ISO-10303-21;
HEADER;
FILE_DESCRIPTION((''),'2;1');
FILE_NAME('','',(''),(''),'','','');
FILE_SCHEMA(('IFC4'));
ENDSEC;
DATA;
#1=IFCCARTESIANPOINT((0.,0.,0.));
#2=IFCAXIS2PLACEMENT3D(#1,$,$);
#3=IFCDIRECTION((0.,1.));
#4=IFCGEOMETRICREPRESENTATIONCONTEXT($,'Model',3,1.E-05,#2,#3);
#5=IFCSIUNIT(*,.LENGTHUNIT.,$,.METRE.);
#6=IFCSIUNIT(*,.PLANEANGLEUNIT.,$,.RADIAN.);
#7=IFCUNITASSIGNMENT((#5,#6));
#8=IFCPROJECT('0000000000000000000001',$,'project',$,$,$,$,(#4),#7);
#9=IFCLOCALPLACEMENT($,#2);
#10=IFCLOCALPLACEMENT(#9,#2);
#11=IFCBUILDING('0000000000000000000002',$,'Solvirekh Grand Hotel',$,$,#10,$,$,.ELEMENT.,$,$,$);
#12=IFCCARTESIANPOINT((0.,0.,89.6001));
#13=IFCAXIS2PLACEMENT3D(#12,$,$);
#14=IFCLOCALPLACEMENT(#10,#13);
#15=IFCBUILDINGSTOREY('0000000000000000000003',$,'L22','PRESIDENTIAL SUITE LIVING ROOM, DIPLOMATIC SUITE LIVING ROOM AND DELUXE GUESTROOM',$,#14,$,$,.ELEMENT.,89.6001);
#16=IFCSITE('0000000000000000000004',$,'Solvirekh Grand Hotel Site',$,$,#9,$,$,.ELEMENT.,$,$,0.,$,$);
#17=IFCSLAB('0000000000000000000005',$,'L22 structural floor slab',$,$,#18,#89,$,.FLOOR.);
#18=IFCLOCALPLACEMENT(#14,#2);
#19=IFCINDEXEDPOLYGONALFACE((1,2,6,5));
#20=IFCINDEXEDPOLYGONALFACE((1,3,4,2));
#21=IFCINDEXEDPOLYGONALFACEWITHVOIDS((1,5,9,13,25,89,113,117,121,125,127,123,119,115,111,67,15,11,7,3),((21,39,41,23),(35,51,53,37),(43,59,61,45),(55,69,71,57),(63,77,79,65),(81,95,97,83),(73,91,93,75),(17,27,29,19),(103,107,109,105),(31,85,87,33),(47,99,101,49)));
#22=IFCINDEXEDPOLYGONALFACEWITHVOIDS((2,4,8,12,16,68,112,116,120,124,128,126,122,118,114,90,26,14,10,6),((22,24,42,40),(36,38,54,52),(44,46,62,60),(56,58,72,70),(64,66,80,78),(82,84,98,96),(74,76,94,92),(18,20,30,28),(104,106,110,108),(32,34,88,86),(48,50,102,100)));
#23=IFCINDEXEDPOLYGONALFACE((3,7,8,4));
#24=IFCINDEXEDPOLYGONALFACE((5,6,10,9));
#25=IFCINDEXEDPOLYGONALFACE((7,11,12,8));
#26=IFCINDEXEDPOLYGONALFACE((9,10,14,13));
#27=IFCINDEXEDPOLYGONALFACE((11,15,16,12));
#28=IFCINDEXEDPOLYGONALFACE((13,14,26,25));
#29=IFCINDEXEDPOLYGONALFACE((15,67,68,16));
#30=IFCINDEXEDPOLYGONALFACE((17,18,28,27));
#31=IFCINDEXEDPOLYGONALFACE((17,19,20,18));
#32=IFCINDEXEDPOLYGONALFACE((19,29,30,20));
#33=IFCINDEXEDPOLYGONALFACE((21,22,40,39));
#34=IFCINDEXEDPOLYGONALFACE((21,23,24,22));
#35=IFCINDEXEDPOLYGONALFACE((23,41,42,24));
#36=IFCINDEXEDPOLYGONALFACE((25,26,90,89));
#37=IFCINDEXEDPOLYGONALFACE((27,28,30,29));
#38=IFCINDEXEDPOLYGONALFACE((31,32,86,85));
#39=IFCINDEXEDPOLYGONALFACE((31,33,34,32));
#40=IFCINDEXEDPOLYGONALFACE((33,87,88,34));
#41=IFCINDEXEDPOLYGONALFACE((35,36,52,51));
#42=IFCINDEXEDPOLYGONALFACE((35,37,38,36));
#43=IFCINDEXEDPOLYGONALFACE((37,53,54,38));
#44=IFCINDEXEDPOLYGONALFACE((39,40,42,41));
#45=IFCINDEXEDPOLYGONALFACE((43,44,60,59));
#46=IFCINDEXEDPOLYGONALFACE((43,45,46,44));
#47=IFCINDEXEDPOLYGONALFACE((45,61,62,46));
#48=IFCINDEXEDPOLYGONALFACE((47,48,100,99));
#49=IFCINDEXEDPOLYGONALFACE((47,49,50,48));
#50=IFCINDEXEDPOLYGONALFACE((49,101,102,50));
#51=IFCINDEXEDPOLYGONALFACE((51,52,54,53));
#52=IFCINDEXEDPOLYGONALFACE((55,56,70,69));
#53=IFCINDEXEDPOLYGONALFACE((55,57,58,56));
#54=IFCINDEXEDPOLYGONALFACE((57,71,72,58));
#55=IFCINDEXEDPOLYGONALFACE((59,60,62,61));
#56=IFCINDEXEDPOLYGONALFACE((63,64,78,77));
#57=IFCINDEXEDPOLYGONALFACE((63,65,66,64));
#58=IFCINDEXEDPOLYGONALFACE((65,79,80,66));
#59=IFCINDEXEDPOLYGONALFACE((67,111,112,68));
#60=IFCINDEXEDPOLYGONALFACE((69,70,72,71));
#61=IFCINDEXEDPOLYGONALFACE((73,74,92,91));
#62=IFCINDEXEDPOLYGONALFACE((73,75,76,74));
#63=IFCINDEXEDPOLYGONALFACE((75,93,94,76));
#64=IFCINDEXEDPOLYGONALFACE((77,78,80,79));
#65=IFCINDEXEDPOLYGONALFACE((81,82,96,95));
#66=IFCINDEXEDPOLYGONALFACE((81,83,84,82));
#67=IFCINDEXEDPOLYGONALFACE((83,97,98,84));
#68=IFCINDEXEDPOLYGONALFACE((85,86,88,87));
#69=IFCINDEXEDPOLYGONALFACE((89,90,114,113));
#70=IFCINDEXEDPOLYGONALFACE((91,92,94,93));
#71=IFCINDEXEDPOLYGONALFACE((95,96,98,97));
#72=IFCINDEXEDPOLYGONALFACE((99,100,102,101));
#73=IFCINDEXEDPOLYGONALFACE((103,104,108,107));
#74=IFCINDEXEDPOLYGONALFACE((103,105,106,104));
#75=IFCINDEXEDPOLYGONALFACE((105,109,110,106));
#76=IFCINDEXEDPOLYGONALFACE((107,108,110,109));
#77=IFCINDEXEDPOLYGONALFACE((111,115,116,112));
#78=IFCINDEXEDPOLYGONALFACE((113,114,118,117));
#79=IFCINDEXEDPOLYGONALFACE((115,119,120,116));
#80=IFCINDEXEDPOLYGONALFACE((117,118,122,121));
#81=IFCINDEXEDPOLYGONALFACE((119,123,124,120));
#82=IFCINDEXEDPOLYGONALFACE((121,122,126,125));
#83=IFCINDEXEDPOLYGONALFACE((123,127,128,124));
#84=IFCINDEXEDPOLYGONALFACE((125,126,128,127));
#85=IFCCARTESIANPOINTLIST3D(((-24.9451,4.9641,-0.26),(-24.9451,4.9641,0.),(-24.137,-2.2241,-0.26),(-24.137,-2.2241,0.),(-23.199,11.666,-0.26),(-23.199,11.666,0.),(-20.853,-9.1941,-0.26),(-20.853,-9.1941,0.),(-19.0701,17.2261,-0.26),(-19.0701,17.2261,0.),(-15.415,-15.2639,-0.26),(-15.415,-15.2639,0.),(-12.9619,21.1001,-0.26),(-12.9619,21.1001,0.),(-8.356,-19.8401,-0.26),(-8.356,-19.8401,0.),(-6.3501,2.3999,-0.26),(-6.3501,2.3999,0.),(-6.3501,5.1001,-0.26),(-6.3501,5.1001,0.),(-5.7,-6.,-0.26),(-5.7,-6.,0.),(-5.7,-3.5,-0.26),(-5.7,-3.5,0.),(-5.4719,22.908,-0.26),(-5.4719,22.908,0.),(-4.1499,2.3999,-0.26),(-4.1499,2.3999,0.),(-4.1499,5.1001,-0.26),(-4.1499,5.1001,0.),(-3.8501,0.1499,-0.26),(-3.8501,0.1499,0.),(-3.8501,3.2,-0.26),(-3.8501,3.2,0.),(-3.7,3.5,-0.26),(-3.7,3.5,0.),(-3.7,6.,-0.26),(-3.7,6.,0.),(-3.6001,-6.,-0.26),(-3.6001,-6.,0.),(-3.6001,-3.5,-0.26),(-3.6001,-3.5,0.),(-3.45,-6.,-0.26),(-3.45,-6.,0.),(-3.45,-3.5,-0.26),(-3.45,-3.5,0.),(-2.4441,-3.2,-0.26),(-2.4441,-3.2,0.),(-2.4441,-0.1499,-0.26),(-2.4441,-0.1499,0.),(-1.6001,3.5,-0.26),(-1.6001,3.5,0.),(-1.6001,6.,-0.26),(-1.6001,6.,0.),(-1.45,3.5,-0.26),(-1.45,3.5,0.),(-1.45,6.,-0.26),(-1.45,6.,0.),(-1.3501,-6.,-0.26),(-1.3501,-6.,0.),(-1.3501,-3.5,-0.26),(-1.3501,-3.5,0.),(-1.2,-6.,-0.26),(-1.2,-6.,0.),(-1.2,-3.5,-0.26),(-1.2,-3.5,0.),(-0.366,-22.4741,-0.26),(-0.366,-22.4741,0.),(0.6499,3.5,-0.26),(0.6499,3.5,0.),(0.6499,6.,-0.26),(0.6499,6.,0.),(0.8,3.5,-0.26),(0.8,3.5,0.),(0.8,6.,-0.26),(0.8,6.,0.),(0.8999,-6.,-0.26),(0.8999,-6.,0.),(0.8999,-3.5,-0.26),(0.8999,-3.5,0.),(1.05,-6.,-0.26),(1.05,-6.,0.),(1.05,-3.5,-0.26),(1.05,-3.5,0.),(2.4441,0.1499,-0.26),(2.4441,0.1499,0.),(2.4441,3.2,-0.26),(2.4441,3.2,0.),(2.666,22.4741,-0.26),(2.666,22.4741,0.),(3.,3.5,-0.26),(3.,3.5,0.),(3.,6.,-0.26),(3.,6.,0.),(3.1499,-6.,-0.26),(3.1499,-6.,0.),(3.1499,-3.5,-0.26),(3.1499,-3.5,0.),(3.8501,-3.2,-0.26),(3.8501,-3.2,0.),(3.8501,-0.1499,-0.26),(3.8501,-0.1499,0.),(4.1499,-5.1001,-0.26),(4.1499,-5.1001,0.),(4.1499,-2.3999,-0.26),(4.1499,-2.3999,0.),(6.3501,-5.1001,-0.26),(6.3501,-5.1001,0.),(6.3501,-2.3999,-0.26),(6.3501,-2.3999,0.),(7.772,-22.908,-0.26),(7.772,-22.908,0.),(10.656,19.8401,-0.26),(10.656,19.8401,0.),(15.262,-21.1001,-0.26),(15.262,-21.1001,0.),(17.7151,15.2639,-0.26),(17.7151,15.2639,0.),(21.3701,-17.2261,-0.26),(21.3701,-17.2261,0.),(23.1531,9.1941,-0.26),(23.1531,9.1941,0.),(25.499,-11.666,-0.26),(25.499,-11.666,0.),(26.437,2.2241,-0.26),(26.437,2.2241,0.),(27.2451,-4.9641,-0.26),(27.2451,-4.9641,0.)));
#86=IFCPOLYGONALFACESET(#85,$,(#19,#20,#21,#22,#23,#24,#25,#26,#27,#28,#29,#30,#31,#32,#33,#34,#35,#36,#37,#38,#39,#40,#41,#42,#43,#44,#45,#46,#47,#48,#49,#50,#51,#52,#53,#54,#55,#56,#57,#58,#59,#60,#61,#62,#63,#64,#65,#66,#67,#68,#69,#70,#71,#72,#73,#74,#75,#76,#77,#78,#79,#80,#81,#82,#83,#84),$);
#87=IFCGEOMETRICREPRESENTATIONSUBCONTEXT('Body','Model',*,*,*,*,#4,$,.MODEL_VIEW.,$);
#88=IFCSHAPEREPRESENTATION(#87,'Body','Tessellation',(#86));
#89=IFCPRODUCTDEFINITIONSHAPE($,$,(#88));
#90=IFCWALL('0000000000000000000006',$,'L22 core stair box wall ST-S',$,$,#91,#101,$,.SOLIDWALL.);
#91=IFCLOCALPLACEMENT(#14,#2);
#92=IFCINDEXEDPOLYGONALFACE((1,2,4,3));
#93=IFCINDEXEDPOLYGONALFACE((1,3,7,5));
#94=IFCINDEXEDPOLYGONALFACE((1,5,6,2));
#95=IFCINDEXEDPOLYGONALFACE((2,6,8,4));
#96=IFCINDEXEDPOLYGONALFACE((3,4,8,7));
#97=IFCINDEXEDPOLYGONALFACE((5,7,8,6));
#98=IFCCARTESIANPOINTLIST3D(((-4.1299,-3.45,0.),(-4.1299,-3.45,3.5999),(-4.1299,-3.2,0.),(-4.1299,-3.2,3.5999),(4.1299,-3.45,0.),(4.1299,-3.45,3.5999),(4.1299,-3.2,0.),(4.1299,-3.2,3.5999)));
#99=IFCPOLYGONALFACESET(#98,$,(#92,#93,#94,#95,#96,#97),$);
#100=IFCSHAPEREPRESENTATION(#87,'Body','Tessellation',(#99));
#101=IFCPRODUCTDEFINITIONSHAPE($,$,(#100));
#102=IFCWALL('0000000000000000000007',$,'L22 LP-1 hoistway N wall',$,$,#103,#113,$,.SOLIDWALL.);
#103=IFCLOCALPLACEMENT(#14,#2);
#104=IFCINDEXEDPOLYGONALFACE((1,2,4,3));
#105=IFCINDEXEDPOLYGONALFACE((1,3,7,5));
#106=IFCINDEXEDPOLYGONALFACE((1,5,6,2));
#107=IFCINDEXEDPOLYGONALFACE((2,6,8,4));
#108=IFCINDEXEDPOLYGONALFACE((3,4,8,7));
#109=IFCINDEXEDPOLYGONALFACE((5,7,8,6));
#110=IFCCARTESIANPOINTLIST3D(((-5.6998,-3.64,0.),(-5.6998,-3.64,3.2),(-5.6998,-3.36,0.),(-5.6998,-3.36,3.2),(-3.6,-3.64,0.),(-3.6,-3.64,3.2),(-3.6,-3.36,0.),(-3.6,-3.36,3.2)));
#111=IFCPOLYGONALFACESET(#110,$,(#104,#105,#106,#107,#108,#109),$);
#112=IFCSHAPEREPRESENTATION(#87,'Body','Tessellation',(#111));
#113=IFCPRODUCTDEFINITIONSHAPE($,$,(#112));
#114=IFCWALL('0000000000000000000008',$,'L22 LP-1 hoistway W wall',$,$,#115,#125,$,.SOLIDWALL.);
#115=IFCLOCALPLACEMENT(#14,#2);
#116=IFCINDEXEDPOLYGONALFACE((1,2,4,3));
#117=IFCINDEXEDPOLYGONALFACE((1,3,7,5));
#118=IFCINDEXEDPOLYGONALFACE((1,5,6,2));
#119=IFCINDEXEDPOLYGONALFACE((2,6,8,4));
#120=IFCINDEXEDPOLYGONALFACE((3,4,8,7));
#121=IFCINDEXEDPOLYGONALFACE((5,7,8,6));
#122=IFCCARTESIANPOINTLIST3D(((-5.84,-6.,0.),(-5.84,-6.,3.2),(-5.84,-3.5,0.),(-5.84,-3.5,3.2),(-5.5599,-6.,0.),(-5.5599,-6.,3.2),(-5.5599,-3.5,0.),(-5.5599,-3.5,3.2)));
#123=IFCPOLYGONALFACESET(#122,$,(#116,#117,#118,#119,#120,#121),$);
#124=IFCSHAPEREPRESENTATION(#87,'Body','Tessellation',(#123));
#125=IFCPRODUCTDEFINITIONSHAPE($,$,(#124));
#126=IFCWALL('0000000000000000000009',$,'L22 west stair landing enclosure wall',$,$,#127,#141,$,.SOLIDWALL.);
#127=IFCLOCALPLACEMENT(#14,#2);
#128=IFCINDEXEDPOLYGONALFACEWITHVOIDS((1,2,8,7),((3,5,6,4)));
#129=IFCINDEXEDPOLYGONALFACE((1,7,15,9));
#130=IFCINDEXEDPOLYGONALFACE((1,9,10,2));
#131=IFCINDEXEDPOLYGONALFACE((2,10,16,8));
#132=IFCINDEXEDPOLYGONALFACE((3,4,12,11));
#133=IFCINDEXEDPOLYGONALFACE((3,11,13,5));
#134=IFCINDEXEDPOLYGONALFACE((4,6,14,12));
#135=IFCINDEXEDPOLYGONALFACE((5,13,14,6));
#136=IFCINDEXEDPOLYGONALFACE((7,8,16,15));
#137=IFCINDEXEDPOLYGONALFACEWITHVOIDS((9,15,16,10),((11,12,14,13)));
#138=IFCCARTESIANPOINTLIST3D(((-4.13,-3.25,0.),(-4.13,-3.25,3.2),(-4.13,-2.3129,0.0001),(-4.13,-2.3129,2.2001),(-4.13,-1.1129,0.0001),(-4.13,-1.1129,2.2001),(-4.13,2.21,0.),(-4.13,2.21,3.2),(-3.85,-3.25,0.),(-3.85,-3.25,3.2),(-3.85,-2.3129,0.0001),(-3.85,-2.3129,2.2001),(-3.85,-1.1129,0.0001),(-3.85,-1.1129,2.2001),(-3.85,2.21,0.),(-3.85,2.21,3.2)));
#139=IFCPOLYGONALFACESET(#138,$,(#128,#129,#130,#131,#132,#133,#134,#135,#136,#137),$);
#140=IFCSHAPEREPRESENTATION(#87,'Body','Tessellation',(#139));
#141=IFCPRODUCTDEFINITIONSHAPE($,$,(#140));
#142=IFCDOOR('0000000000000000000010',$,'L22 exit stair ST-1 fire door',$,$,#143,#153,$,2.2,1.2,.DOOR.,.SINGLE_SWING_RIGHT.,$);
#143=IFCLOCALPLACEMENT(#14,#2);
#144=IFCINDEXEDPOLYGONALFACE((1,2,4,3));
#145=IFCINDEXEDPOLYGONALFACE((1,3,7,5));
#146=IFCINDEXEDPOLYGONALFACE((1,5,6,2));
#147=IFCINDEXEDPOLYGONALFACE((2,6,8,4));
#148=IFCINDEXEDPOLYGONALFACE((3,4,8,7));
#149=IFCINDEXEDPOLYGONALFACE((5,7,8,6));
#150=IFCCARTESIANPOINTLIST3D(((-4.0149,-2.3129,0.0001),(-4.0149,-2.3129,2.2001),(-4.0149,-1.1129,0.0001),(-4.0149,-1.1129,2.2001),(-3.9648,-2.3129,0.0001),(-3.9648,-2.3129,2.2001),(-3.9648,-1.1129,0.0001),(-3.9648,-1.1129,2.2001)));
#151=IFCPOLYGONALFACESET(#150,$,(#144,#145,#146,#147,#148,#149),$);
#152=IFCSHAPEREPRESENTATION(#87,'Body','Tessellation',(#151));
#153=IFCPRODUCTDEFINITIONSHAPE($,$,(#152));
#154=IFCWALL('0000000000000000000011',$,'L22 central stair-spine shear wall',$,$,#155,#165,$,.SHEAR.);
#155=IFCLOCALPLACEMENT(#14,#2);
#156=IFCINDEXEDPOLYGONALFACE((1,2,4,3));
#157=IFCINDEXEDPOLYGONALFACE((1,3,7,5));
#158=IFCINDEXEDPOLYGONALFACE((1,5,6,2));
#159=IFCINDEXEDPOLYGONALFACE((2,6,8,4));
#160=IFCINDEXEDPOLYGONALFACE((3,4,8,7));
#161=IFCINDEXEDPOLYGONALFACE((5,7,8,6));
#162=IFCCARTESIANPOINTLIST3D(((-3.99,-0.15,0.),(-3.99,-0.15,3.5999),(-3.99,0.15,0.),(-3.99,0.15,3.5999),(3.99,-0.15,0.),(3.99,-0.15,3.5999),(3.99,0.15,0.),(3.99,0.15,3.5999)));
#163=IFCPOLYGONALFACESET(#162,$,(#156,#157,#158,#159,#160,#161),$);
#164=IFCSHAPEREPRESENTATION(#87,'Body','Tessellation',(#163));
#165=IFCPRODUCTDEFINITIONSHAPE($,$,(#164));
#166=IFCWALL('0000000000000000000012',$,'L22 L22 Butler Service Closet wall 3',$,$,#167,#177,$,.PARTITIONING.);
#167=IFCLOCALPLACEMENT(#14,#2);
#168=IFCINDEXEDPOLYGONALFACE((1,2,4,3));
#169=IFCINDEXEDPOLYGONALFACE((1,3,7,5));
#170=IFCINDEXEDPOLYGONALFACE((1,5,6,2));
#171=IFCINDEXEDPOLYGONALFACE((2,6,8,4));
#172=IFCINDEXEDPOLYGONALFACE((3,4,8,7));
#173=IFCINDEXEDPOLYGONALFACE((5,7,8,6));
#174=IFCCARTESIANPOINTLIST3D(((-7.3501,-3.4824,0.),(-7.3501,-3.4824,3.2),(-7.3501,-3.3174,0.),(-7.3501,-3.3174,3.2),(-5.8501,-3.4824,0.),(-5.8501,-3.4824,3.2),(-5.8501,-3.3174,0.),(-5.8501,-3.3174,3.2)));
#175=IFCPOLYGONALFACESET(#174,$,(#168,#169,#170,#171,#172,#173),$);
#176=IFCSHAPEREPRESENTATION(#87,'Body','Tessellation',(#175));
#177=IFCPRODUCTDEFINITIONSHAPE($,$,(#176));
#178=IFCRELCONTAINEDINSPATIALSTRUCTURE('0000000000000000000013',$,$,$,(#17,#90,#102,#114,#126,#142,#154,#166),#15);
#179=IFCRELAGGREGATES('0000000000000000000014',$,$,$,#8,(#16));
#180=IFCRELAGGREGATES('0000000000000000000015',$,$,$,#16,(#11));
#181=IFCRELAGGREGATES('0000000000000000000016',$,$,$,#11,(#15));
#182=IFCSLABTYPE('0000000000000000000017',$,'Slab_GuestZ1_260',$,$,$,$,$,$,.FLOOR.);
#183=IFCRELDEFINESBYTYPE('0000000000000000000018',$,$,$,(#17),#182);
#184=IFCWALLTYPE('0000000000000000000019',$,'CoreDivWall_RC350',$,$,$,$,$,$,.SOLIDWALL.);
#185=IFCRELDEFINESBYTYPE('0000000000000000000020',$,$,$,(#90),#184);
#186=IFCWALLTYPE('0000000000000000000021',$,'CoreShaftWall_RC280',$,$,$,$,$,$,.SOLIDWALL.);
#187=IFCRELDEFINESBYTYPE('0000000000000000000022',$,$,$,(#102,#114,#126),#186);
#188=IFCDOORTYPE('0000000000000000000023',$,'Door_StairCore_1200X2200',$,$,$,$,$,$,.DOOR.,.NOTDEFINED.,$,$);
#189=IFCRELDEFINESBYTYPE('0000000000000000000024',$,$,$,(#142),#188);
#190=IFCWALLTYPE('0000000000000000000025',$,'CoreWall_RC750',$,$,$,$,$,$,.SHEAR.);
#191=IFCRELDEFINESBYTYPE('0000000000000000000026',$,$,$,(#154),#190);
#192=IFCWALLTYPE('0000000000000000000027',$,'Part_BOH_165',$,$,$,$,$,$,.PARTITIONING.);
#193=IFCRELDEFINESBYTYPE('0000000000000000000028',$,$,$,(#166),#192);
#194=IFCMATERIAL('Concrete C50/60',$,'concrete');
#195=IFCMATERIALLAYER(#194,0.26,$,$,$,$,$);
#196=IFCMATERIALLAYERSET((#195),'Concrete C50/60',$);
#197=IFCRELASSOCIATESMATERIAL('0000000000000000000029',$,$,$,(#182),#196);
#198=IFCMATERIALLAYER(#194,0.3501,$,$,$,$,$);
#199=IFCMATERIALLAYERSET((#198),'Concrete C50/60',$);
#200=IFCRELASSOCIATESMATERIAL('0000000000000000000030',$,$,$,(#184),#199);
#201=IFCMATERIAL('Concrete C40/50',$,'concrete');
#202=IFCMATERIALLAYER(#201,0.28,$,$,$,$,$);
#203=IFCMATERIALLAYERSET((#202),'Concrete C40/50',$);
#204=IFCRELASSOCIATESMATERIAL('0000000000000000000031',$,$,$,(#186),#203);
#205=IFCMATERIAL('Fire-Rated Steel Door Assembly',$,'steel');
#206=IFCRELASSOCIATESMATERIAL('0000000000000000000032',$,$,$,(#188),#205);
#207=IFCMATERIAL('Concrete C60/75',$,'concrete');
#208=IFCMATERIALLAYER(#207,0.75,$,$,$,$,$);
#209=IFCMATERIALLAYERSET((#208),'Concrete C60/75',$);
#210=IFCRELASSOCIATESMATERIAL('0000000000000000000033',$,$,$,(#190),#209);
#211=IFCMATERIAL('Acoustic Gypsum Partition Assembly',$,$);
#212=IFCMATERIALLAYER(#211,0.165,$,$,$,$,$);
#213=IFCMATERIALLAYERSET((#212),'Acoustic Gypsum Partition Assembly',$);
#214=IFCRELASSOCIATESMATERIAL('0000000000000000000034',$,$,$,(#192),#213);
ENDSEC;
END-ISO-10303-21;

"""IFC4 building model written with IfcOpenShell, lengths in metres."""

from ifc_helpers import new_model, si_unit, direction, frame, frame_2d, origin, place, context, subcontext, project, spatial, polyline, rectangle, outline, extrude, material, layer, layer_set, type_object, element, fill, save


model = new_model("IFC4")

# Units and contexts
model_context = context("Model", 3, precision=1e-05, world=origin(), true_north=direction((0.0, 1.0)))
body_context = subcontext(model_context, "Body", "Model", "MODEL_VIEW")
ifc_project = project(units=[si_unit("LENGTHUNIT", "METRE"), si_unit("PLANEANGLEUNIT", "RADIAN")], contexts=[model_context])

# Site, building, storey
site_placement = place(None, origin())
site = spatial("IfcSite", under=ifc_project, at=site_placement, Name="Solvirekh Grand Hotel Site", CompositionType="ELEMENT", RefElevation=0.0)
building_placement = place(site_placement, origin())
building = spatial("IfcBuilding", under=site, at=building_placement, Name="Solvirekh Grand Hotel", CompositionType="ELEMENT")
storey_placement = place(building_placement, frame((0.0, 0.0, 89.6001)))
storey = spatial("IfcBuildingStorey", under=building, at=storey_placement, Name="L22", Description="PRESIDENTIAL SUITE LIVING ROOM, DIPLOMATIC SUITE LIVING ROOM AND DELUXE GUESTROOM", CompositionType="ELEMENT", Elevation=89.6001)

# Slab
ifc_material_1 = material(Name="Concrete C50/60", Category="concrete")
ifc_layer_1 = layer(ifc_material_1, 0.26)
ifc_layer_set_1 = layer_set([ifc_layer_1], Name="Concrete C50/60")
slab_type_1 = type_object("IfcSlabType", Name="Slab_GuestZ1_260", PredefinedType="FLOOR", material=ifc_layer_set_1)
slab_1_placement = place(storey_placement, frame((0.0, 0.0, -0.26)))
element("IfcSlab", 1, at=slab_1_placement, inside=storey, type_object=slab_type_1, Name="L22 structural floor slab", PredefinedType="FLOOR", context=body_context, shape_type="SweptSolid", body=[
    extrude(outline(polyline([(25.499, -11.666), (27.2451, -4.9641), (26.437, 2.2241), (23.1531, 9.1941), (17.7151, 15.2639), (10.656, 19.8401), (2.666, 22.4741), (-5.4719, 22.908), (-12.9619, 21.1001), (-19.0701, 17.2261), (-23.199, 11.666), (-24.9451, 4.9641), (-24.137, -2.2241), (-20.853, -9.1941), (-15.415, -15.2639), (-8.356, -19.8401), (-0.366, -22.4741), (7.772, -22.908), (15.262, -21.1001), (21.3701, -17.2261), (25.499, -11.666)]), holes=[polyline([(-2.4441, -0.1499), (3.8501, -0.1499), (3.8501, -3.2), (-2.4441, -3.2), (-2.4441, -0.1499)]), polyline([(2.4441, 0.1499), (-3.8501, 0.1499), (-3.8501, 3.2), (2.4441, 3.2), (2.4441, 0.1499)]), polyline([(-5.7, -3.5), (-3.6001, -3.5), (-3.6001, -6.0), (-5.7, -6.0), (-5.7, -3.5)]), polyline([(-3.45, -3.5), (-1.3501, -3.5), (-1.3501, -6.0), (-3.45, -6.0), (-3.45, -3.5)]), polyline([(-1.2, -3.5), (0.8999, -3.5), (0.8999, -6.0), (-1.2, -6.0), (-1.2, -3.5)]), polyline([(1.05, -3.5), (3.1499, -3.5), (3.1499, -6.0), (1.05, -6.0), (1.05, -3.5)]), polyline([(-3.7, 6.0), (-1.6001, 6.0), (-1.6001, 3.5), (-3.7, 3.5), (-3.7, 6.0)]), polyline([(-1.45, 6.0), (0.6499, 6.0), (0.6499, 3.5), (-1.45, 3.5), (-1.45, 6.0)]), polyline([(0.8, 6.0), (3.0, 6.0), (3.0, 3.5), (0.8, 3.5), (0.8, 6.0)]), polyline([(-6.3501, 5.1001), (-4.1499, 5.1001), (-4.1499, 2.3999), (-6.3501, 2.3999), (-6.3501, 5.1001)]), polyline([(4.1499, -2.3999), (6.3501, -2.3999), (6.3501, -5.1001), (4.1499, -5.1001), (4.1499, -2.3999)])]), origin(), (0.0, 0.0, 1.0), 0.26),
])

# Walls
ifc_layer_2 = layer(ifc_material_1, 0.3501)
ifc_layer_set_2 = layer_set([ifc_layer_2], Name="Concrete C50/60")
wall_type_1 = type_object("IfcWallType", Name="CoreDivWall_RC350", PredefinedType="SOLIDWALL", material=ifc_layer_set_2)
wall_1_placement = place(storey_placement, frame((-4.1299, -3.325, 0.0), z_axis=(0.0, 0.0, 1.0), x_axis=(1.0, 0.0, 0.0)))
element("IfcWall", 2, at=wall_1_placement, inside=storey, type_object=wall_type_1, Name="L22 core stair box wall ST-S", PredefinedType="SOLIDWALL", context=body_context, shape_type="SweptSolid", body=[
    extrude(rectangle(XDim=8.2598, YDim=0.25, at=frame_2d((4.1299, 0.0))), origin(), (0.0, 0.0, 1.0), 3.5999),
])
ifc_material_2 = material(Name="Concrete C40/50", Category="concrete")
ifc_layer_3 = layer(ifc_material_2, 0.28)
ifc_layer_set_3 = layer_set([ifc_layer_3], Name="Concrete C40/50")
wall_type_2 = type_object("IfcWallType", Name="CoreShaftWall_RC280", PredefinedType="SOLIDWALL", material=ifc_layer_set_3)
wall_2_placement = place(storey_placement, frame((-3.6001, -3.5, 0.0), z_axis=(0.0, 0.0, 1.0), x_axis=(-1.0, 0.0, 0.0)))
element("IfcWall", 3, at=wall_2_placement, inside=storey, type_object=wall_type_2, Name="L22 LP-1 hoistway N wall", PredefinedType="SOLIDWALL", context=body_context, shape_type="SweptSolid", body=[
    extrude(rectangle(XDim=2.0999, YDim=0.28, at=frame_2d((1.0498, 0.0))), origin(), (0.0, 0.0, 1.0), 3.2),
])
wall_3_placement = place(storey_placement, frame((-5.7, -3.5, 0.0), z_axis=(0.0, 0.0, 1.0), x_axis=(0.0, -1.0, 0.0)))
element("IfcWall", 4, at=wall_3_placement, inside=storey, type_object=wall_type_2, Name="L22 LP-1 hoistway W wall", PredefinedType="SOLIDWALL", context=body_context, shape_type="SweptSolid", body=[
    extrude(rectangle(XDim=2.5, YDim=0.28, at=frame_2d((1.25, 0.0))), origin(), (0.0, 0.0, 1.0), 3.2),
])

# Wall, opening, door
wall_4_placement = place(storey_placement, frame((-3.99, -3.25, 0.0), z_axis=(0.0, 0.0, 1.0), x_axis=(0.0, 1.0, 0.0)))
wall_4 = element("IfcWall", 5, at=wall_4_placement, inside=storey, type_object=wall_type_2, Name="L22 west stair landing enclosure wall", PredefinedType="SOLIDWALL", context=body_context, shape_type="SweptSolid", body=[
    extrude(rectangle(XDim=5.46, YDim=0.28, at=frame_2d((2.73, 0.0))), origin(), (0.0, 0.0, 1.0), 3.2),
])
opening_1_placement = place(wall_4_placement, frame((0.937, 0.0, 0.0)))
opening_1 = element("IfcOpeningElement", 6, at=opening_1_placement, cuts=wall_4, PredefinedType="OPENING", context=body_context, shape_type="SweptSolid", body=[
    extrude(rectangle(XDim=1.2, YDim=2.2, at=frame_2d((0.6001, 1.1001))), frame((0.0, 0.1499, 0.0), z_axis=(0.0, -1.0, 0.0), x_axis=(1.0, 0.0, 0.0)), (0.0, 0.0, 1.0), 0.3),
])
ifc_material_3 = material(Name="Fire-Rated Steel Door Assembly", Category="steel")
door_type_1 = type_object("IfcDoorType", Name="Door_StairCore_1200X2200", OperationType="NOTDEFINED", PredefinedType="DOOR", material=ifc_material_3)
door_1_placement = place(opening_1_placement, origin())
door_1 = element("IfcDoor", 7, at=door_1_placement, inside=storey, type_object=door_type_1, Name="L22 exit stair ST-1 fire door", OperationType="SINGLE_SWING_RIGHT", OverallHeight=2.2, OverallWidth=1.2, PredefinedType="DOOR", context=body_context, shape_type="SweptSolid", body=[
    extrude(rectangle(XDim=1.2, YDim=2.2, at=frame_2d((0.6001, 1.1001))), frame((0.0, 0.0249, 0.0), z_axis=(0.0, -1.0, 0.0), x_axis=(1.0, 0.0, 0.0)), (0.0, 0.0, 1.0), 0.05),
])
fill(opening_1, door_1)

# Walls
ifc_material_4 = material(Name="Concrete C60/75", Category="concrete")
ifc_layer_4 = layer(ifc_material_4, 0.75)
ifc_layer_set_4 = layer_set([ifc_layer_4], Name="Concrete C60/75")
wall_type_3 = type_object("IfcWallType", Name="CoreWall_RC750", PredefinedType="SHEAR", material=ifc_layer_set_4)
wall_5_placement = place(storey_placement, frame((-3.99, 0.0, 0.0), z_axis=(0.0, 0.0, 1.0), x_axis=(1.0, 0.0, 0.0)))
element("IfcWall", 8, at=wall_5_placement, inside=storey, type_object=wall_type_3, Name="L22 central stair-spine shear wall", PredefinedType="SHEAR", context=body_context, shape_type="SweptSolid", body=[
    extrude(rectangle(XDim=7.98, YDim=0.3, at=frame_2d((3.99, 0.0))), origin(), (0.0, 0.0, 1.0), 3.5999),
])
ifc_material_5 = material(Name="Acoustic Gypsum Partition Assembly")
ifc_layer_5 = layer(ifc_material_5, 0.165)
ifc_layer_set_5 = layer_set([ifc_layer_5], Name="Acoustic Gypsum Partition Assembly")
wall_type_4 = type_object("IfcWallType", Name="Part_BOH_165", PredefinedType="PARTITIONING", material=ifc_layer_set_5)
wall_6_placement = place(storey_placement, frame((-5.8501, -3.3999, 0.0), z_axis=(0.0, 0.0, 1.0), x_axis=(-1.0, 0.0, 0.0)))
element("IfcWall", 9, at=wall_6_placement, inside=storey, type_object=wall_type_4, Name="L22 L22 Butler Service Closet wall 3", PredefinedType="PARTITIONING", context=body_context, shape_type="SweptSolid", body=[
    extrude(rectangle(XDim=1.5, YDim=0.165, at=frame_2d((0.75, 0.0))), origin(), (0.0, 0.0, 1.0), 3.2),
])

save(model, "model.ifc")
